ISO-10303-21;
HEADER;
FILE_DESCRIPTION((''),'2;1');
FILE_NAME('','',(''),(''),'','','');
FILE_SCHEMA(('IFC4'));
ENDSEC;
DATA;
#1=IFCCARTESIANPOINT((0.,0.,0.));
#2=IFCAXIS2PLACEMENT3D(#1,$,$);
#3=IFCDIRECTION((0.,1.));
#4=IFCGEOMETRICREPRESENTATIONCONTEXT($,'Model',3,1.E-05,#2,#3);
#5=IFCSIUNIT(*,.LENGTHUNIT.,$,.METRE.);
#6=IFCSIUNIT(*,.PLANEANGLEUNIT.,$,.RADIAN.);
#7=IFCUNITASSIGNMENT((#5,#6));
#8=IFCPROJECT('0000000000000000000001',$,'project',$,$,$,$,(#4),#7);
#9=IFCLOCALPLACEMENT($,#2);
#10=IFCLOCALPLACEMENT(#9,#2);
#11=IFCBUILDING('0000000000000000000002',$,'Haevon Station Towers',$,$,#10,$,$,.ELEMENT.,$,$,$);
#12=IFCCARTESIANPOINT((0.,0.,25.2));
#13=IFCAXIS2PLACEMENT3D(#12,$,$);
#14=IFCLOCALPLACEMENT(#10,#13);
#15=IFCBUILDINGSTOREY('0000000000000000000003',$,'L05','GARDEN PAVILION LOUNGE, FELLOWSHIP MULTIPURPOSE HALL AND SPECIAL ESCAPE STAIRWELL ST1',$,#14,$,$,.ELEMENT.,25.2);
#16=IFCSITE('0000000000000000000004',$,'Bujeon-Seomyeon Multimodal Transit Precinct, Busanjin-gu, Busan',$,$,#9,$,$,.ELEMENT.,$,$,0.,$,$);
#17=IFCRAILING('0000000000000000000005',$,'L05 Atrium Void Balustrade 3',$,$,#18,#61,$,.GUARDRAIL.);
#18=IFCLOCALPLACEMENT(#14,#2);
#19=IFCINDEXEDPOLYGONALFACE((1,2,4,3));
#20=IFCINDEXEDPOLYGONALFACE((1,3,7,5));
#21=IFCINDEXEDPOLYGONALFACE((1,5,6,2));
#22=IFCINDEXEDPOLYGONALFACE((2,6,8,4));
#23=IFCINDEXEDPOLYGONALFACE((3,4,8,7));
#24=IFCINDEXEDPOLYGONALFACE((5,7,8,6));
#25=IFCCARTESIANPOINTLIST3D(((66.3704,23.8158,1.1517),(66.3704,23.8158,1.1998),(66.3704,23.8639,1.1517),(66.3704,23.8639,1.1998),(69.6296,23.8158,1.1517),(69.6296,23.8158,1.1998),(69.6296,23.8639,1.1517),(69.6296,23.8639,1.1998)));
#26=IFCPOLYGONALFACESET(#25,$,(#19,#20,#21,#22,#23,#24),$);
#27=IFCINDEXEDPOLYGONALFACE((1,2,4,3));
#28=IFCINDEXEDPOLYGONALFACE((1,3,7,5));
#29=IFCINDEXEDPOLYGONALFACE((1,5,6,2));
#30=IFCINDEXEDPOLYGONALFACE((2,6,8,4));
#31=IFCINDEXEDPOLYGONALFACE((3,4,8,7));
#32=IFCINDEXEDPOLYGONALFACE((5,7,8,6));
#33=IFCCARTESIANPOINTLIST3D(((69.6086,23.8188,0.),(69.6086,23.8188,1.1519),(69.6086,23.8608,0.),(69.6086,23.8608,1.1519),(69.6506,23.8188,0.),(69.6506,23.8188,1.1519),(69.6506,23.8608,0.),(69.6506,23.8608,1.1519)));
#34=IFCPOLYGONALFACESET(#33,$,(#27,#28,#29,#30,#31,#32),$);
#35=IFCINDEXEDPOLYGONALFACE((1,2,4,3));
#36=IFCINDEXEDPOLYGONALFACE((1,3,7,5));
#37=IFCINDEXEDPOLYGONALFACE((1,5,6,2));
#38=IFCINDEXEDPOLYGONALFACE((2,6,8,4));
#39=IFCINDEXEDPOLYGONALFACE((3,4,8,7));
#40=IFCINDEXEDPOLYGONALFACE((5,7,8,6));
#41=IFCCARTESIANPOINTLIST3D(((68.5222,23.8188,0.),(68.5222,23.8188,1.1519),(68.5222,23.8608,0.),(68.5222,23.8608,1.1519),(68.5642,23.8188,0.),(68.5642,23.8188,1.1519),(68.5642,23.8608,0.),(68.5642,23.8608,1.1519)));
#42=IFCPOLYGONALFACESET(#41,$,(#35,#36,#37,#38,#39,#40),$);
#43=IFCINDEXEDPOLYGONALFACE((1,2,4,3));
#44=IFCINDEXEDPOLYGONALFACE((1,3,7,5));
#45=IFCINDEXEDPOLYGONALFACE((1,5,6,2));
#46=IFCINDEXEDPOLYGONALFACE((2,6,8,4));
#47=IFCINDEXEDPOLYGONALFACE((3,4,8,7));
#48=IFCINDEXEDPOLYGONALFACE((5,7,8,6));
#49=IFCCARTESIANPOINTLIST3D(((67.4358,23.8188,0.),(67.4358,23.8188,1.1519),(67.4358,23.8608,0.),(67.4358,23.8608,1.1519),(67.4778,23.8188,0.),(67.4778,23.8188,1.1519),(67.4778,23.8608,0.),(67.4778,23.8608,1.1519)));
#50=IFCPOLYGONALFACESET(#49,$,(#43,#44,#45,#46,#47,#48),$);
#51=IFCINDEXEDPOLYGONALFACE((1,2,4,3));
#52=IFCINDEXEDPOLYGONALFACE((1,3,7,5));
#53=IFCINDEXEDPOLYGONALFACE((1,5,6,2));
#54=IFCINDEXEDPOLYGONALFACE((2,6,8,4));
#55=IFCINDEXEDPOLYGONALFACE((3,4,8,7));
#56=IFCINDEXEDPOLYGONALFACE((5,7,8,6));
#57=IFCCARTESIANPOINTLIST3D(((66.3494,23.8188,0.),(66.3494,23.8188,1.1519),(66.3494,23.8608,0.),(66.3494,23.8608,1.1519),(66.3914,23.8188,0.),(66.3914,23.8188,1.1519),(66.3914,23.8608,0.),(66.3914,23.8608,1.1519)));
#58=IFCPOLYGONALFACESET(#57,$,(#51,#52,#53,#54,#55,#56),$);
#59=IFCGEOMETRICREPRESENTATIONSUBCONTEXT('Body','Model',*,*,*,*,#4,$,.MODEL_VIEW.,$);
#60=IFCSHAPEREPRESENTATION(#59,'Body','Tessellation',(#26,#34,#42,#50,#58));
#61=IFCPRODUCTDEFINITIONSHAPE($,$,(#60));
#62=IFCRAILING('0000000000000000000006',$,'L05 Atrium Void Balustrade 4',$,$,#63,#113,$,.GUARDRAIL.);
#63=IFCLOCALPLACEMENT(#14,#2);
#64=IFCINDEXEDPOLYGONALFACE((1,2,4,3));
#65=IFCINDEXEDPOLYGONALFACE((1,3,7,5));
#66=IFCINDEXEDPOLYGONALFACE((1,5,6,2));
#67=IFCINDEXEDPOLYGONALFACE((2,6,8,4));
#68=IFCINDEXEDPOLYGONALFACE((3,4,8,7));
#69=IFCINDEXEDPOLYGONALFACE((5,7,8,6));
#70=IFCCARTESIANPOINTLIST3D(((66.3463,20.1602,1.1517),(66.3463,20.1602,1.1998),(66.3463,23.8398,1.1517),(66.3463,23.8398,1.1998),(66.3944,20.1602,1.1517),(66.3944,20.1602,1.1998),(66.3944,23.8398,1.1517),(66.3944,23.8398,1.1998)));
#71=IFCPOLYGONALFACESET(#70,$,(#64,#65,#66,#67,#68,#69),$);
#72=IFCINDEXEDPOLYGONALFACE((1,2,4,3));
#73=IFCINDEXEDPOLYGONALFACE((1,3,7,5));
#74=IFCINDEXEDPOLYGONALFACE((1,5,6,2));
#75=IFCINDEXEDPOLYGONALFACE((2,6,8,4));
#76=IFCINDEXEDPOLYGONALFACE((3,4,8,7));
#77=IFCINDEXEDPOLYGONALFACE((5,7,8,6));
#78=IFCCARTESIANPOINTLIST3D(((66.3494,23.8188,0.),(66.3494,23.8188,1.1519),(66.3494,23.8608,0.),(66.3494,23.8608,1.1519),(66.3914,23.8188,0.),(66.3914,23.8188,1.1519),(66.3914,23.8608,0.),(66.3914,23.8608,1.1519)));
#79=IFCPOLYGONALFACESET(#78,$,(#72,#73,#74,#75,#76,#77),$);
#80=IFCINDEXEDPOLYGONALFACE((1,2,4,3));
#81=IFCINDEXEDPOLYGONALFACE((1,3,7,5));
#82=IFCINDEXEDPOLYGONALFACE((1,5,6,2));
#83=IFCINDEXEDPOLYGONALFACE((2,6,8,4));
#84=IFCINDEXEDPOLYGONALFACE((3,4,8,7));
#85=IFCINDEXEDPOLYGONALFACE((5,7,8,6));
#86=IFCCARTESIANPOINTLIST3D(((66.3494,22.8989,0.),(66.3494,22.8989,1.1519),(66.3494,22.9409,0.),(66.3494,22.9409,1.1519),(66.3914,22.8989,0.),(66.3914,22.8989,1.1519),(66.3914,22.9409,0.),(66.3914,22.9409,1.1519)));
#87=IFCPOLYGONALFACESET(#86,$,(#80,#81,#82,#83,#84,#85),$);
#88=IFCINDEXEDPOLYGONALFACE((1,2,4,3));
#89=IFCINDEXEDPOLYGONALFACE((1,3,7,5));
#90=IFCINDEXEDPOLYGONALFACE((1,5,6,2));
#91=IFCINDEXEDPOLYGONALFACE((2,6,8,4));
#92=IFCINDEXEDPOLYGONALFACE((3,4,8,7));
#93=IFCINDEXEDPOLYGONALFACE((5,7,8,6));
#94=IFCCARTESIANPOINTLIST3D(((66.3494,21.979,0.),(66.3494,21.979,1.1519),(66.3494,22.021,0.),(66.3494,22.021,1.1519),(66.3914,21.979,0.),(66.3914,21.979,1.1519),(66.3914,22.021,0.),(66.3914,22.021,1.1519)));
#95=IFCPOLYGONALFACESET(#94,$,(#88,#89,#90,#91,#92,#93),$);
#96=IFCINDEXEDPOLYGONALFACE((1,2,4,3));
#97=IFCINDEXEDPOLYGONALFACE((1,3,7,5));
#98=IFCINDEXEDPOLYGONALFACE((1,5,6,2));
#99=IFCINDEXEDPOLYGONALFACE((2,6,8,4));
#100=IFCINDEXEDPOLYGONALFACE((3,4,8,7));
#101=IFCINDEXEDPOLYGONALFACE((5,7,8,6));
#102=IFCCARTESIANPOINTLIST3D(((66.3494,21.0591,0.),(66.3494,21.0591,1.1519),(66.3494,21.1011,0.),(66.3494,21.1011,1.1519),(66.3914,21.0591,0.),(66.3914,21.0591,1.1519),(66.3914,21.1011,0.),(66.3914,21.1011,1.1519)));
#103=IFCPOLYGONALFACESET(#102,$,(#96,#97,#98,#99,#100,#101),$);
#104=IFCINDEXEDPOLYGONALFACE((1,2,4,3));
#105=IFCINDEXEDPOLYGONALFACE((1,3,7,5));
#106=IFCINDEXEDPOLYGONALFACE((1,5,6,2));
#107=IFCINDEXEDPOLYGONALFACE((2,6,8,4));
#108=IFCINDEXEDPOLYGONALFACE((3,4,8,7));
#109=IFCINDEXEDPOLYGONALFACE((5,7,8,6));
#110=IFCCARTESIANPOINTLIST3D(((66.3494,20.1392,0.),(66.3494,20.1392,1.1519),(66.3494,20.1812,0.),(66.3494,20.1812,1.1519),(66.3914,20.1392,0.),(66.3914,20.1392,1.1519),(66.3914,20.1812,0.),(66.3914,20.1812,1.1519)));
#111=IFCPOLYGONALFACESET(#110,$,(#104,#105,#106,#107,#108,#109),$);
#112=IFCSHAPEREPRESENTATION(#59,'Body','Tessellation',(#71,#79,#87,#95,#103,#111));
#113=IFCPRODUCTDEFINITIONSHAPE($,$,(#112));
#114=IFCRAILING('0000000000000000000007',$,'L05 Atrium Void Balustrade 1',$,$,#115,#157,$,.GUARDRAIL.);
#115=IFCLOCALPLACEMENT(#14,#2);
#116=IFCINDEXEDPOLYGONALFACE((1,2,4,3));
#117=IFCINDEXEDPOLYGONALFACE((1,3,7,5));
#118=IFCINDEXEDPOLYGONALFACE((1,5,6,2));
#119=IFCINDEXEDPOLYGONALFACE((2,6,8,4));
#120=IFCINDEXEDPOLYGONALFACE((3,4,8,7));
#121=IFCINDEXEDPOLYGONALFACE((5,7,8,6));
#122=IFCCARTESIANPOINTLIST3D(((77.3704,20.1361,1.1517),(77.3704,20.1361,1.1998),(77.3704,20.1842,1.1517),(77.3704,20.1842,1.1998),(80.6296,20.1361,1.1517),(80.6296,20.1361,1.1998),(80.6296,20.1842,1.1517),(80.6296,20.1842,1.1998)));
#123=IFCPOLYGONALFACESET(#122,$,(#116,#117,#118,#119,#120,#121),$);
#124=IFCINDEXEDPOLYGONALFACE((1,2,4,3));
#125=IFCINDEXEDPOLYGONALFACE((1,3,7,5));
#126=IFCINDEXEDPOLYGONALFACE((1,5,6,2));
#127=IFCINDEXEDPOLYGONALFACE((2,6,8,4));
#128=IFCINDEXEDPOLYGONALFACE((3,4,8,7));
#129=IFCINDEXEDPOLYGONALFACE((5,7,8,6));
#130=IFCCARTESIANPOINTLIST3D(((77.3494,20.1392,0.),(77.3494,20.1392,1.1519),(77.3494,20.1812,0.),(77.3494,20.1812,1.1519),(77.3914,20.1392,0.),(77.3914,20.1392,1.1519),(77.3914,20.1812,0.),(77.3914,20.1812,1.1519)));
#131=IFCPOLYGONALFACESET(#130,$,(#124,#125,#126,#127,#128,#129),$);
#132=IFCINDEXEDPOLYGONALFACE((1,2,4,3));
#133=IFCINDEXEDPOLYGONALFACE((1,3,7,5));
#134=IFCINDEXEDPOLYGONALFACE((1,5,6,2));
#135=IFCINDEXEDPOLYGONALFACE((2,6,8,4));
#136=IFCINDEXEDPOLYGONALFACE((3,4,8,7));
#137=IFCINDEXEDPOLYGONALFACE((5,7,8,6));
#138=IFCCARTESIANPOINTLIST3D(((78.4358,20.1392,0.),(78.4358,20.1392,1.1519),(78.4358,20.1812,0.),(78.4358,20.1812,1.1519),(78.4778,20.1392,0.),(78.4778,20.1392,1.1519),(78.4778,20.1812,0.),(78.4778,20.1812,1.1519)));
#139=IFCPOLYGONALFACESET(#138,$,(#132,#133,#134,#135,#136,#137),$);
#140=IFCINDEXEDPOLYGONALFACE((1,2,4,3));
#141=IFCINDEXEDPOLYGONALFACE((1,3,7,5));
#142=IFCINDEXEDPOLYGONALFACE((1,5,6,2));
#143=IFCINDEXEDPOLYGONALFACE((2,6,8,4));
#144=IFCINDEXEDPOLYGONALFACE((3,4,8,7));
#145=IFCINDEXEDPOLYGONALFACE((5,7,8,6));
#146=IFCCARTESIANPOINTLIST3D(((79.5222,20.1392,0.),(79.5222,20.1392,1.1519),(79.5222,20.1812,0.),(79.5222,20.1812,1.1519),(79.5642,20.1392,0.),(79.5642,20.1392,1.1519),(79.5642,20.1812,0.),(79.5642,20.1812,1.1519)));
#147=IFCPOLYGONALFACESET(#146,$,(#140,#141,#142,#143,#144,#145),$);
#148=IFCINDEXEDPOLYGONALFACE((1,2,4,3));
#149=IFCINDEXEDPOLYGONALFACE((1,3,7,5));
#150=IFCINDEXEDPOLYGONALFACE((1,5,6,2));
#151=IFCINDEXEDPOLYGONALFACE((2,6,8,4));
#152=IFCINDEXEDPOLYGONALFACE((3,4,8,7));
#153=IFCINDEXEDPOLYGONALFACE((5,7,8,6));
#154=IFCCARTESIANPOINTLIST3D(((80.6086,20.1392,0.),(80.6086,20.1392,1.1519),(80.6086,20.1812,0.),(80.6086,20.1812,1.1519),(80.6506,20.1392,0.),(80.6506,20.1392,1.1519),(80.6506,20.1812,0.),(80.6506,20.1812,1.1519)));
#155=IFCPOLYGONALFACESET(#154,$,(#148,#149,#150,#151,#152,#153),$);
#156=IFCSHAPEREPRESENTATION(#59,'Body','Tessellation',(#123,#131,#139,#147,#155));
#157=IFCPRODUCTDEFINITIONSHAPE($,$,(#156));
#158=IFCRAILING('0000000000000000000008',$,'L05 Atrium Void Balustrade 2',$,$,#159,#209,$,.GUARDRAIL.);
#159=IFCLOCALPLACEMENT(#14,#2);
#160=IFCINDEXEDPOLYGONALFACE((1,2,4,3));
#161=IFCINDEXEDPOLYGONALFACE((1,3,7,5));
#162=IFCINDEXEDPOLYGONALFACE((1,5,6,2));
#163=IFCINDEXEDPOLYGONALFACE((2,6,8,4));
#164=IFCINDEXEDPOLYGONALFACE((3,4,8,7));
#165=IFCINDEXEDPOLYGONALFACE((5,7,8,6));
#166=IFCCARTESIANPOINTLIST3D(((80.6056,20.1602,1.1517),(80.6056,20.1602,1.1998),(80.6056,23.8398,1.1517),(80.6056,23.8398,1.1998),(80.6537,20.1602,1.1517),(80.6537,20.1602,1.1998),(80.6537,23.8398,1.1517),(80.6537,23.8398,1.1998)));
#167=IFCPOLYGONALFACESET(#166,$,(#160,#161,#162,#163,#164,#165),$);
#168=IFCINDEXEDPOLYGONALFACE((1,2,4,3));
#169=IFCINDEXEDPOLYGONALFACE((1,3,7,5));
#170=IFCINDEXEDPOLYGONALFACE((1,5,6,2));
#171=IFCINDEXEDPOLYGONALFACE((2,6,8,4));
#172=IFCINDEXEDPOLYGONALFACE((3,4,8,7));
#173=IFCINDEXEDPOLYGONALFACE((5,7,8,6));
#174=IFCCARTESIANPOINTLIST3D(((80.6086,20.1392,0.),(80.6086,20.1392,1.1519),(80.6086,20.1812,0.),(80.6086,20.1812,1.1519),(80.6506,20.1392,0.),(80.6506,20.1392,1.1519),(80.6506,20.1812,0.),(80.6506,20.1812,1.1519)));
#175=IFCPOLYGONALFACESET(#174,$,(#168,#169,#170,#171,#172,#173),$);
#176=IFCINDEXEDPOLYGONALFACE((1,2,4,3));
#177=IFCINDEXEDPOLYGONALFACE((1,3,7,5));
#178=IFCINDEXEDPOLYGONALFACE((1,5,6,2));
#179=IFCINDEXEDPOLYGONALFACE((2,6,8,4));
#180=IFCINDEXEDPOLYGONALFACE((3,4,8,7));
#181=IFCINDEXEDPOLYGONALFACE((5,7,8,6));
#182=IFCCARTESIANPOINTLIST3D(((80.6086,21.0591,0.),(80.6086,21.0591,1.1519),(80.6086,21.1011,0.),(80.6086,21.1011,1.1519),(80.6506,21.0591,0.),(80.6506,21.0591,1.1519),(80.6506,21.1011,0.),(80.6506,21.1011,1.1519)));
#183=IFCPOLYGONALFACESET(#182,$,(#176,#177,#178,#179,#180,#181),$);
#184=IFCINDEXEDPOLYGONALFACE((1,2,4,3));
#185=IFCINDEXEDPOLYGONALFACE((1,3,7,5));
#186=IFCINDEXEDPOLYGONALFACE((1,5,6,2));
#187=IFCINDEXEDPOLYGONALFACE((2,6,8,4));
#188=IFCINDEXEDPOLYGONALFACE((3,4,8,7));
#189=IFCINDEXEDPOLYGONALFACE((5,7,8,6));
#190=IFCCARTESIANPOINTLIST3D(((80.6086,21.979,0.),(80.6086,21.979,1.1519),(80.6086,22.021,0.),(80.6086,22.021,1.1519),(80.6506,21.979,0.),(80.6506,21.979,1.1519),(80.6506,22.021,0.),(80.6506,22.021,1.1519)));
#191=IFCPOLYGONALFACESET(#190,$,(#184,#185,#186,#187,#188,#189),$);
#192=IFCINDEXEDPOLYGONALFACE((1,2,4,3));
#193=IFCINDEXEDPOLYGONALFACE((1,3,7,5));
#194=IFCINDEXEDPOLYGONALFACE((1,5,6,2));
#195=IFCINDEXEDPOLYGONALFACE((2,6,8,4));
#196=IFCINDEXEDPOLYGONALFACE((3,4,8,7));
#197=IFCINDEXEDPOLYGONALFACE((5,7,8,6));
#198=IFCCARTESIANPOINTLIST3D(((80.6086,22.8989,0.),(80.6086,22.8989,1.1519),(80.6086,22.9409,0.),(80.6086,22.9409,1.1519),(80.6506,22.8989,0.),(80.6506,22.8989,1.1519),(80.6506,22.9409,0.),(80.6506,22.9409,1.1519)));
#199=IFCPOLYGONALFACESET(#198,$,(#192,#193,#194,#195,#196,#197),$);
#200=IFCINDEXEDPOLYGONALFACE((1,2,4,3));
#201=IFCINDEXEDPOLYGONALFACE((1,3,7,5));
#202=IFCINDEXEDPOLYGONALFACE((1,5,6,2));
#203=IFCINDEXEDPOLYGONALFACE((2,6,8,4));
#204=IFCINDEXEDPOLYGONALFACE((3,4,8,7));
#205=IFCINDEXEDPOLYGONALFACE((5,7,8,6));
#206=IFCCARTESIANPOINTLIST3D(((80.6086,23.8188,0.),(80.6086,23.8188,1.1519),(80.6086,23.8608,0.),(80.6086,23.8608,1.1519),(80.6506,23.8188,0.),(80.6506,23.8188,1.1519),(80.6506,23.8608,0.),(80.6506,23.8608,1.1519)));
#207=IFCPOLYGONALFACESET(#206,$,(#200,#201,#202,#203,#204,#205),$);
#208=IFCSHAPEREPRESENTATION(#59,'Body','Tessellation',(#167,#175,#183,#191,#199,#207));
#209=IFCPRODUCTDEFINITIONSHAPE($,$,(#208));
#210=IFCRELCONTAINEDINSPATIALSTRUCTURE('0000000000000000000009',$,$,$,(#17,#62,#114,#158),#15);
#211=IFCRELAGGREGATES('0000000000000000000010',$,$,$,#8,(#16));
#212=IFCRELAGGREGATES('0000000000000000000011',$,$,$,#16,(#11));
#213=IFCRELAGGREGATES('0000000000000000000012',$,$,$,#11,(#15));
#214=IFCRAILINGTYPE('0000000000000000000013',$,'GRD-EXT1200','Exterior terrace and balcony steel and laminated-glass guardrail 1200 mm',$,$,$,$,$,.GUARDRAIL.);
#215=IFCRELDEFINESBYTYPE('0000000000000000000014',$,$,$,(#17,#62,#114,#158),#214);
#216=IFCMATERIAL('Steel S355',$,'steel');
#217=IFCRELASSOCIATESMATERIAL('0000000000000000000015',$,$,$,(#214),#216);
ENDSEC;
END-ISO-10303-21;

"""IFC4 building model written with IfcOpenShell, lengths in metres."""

from ifc_helpers import new_model, si_unit, direction, frame, origin, origin_2d, place, context, subcontext, project, spatial, rectangle, extrude, material, type_object, element, save


model = new_model("IFC4")

# Units and contexts
model_context = context("Model", 3, precision=1e-05, world=origin(), true_north=direction((0.0, 1.0)))
body_context = subcontext(model_context, "Body", "Model", "MODEL_VIEW")
ifc_project = project(units=[si_unit("LENGTHUNIT", "METRE"), si_unit("PLANEANGLEUNIT", "RADIAN")], contexts=[model_context])

# Site, building, storey
site_placement = place(None, origin())
site = spatial("IfcSite", under=ifc_project, at=site_placement, Name="Bujeon-Seomyeon Multimodal Transit Precinct, Busanjin-gu, Busan", CompositionType="ELEMENT", RefElevation=0.0)
building_placement = place(site_placement, origin())
building = spatial("IfcBuilding", under=site, at=building_placement, Name="Haevon Station Towers", CompositionType="ELEMENT")
storey_placement = place(building_placement, frame((0.0, 0.0, 25.2)))
storey = spatial("IfcBuildingStorey", under=building, at=storey_placement, Name="L05", Description="GARDEN PAVILION LOUNGE, FELLOWSHIP MULTIPURPOSE HALL AND SPECIAL ESCAPE STAIRWELL ST1", CompositionType="ELEMENT", Elevation=25.2)

# Shared definitions
ifc_material_1 = material(Name="Steel S355", Category="steel")

# Railings
railing_type = type_object("IfcRailingType", Name="GRD-EXT1200", Description="Exterior terrace and balcony steel and laminated-glass guardrail 1200 mm", PredefinedType="GUARDRAIL", material=ifc_material_1)
railing_1_placement = place(storey_placement, frame((69.6296, 23.8398, 0.0)))
element("IfcRailing", 1, at=railing_1_placement, inside=storey, type_object=railing_type, Name="L05 Atrium Void Balustrade 3", PredefinedType="GUARDRAIL", context=body_context, shape_type="SweptSolid", body=[
    extrude(rectangle(XDim=0.0481, YDim=0.0481, at=origin_2d()), frame((0.0, 0.0, 1.1758), z_axis=(-1.0, 0.0, 0.0), x_axis=(0.0, -1.0, 0.0)), (0.0, 0.0, 1.0), 3.2593),
    extrude(rectangle(XDim=0.042, YDim=0.042, at=origin_2d()), origin(), (0.0, 0.0, 1.0), 1.1519),
    extrude(rectangle(XDim=0.042, YDim=0.042, at=origin_2d()), frame((-1.0864, 0.0, 0.0)), (0.0, 0.0, 1.0), 1.1519),
    extrude(rectangle(XDim=0.042, YDim=0.042, at=origin_2d()), frame((-2.1729, 0.0, 0.0)), (0.0, 0.0, 1.0), 1.1519),
    extrude(rectangle(XDim=0.042, YDim=0.042, at=origin_2d()), frame((-3.2593, 0.0, 0.0)), (0.0, 0.0, 1.0), 1.1519),
])
railing_2_placement = place(storey_placement, frame((66.3704, 23.8398, 0.0)))
element("IfcRailing", 2, at=railing_2_placement, inside=storey, type_object=railing_type, Name="L05 Atrium Void Balustrade 4", PredefinedType="GUARDRAIL", context=body_context, shape_type="SweptSolid", body=[
    extrude(rectangle(XDim=0.0481, YDim=0.0481, at=origin_2d()), frame((0.0, 0.0, 1.1758), z_axis=(0.0, -1.0, 0.0), x_axis=(1.0, 0.0, 0.0)), (0.0, 0.0, 1.0), 3.6797),
    extrude(rectangle(XDim=0.042, YDim=0.042, at=origin_2d()), origin(), (0.0, 0.0, 1.0), 1.1519),
    extrude(rectangle(XDim=0.042, YDim=0.042, at=origin_2d()), frame((0.0, -0.9199, 0.0)), (0.0, 0.0, 1.0), 1.1519),
    extrude(rectangle(XDim=0.042, YDim=0.042, at=origin_2d()), frame((0.0, -1.8398, 0.0)), (0.0, 0.0, 1.0), 1.1519),
    extrude(rectangle(XDim=0.042, YDim=0.042, at=origin_2d()), frame((0.0, -2.7598, 0.0)), (0.0, 0.0, 1.0), 1.1519),
    extrude(rectangle(XDim=0.042, YDim=0.042, at=origin_2d()), frame((0.0, -3.6797, 0.0)), (0.0, 0.0, 1.0), 1.1519),
])
railing_3_placement = place(storey_placement, frame((77.3704, 20.1602, 0.0)))
element("IfcRailing", 3, at=railing_3_placement, inside=storey, type_object=railing_type, Name="L05 Atrium Void Balustrade 1", PredefinedType="GUARDRAIL", context=body_context, shape_type="SweptSolid", body=[
    extrude(rectangle(XDim=0.0481, YDim=0.0481, at=origin_2d()), frame((0.0, 0.0, 1.1758), z_axis=(1.0, 0.0, 0.0), x_axis=(0.0, 1.0, 0.0)), (0.0, 0.0, 1.0), 3.2593),
    extrude(rectangle(XDim=0.042, YDim=0.042, at=origin_2d()), origin(), (0.0, 0.0, 1.0), 1.1519),
    extrude(rectangle(XDim=0.042, YDim=0.042, at=origin_2d()), frame((1.0864, 0.0, 0.0)), (0.0, 0.0, 1.0), 1.1519),
    extrude(rectangle(XDim=0.042, YDim=0.042, at=origin_2d()), frame((2.1729, 0.0, 0.0)), (0.0, 0.0, 1.0), 1.1519),
    extrude(rectangle(XDim=0.042, YDim=0.042, at=origin_2d()), frame((3.2593, 0.0, 0.0)), (0.0, 0.0, 1.0), 1.1519),
])
railing_4_placement = place(storey_placement, frame((80.6296, 20.1602, 0.0)))
element("IfcRailing", 4, at=railing_4_placement, inside=storey, type_object=railing_type, Name="L05 Atrium Void Balustrade 2", PredefinedType="GUARDRAIL", context=body_context, shape_type="SweptSolid", body=[
    extrude(rectangle(XDim=0.0481, YDim=0.0481, at=origin_2d()), frame((0.0, 0.0, 1.1758), z_axis=(0.0, 1.0, 0.0), x_axis=(-1.0, 0.0, 0.0)), (0.0, 0.0, 1.0), 3.6797),
    extrude(rectangle(XDim=0.042, YDim=0.042, at=origin_2d()), origin(), (0.0, 0.0, 1.0), 1.1519),
    extrude(rectangle(XDim=0.042, YDim=0.042, at=origin_2d()), frame((0.0, 0.9199, 0.0)), (0.0, 0.0, 1.0), 1.1519),
    extrude(rectangle(XDim=0.042, YDim=0.042, at=origin_2d()), frame((0.0, 1.8398, 0.0)), (0.0, 0.0, 1.0), 1.1519),
    extrude(rectangle(XDim=0.042, YDim=0.042, at=origin_2d()), frame((0.0, 2.7598, 0.0)), (0.0, 0.0, 1.0), 1.1519),
    extrude(rectangle(XDim=0.042, YDim=0.042, at=origin_2d()), frame((0.0, 3.6797, 0.0)), (0.0, 0.0, 1.0), 1.1519),
])

save(model, "model.ifc")
